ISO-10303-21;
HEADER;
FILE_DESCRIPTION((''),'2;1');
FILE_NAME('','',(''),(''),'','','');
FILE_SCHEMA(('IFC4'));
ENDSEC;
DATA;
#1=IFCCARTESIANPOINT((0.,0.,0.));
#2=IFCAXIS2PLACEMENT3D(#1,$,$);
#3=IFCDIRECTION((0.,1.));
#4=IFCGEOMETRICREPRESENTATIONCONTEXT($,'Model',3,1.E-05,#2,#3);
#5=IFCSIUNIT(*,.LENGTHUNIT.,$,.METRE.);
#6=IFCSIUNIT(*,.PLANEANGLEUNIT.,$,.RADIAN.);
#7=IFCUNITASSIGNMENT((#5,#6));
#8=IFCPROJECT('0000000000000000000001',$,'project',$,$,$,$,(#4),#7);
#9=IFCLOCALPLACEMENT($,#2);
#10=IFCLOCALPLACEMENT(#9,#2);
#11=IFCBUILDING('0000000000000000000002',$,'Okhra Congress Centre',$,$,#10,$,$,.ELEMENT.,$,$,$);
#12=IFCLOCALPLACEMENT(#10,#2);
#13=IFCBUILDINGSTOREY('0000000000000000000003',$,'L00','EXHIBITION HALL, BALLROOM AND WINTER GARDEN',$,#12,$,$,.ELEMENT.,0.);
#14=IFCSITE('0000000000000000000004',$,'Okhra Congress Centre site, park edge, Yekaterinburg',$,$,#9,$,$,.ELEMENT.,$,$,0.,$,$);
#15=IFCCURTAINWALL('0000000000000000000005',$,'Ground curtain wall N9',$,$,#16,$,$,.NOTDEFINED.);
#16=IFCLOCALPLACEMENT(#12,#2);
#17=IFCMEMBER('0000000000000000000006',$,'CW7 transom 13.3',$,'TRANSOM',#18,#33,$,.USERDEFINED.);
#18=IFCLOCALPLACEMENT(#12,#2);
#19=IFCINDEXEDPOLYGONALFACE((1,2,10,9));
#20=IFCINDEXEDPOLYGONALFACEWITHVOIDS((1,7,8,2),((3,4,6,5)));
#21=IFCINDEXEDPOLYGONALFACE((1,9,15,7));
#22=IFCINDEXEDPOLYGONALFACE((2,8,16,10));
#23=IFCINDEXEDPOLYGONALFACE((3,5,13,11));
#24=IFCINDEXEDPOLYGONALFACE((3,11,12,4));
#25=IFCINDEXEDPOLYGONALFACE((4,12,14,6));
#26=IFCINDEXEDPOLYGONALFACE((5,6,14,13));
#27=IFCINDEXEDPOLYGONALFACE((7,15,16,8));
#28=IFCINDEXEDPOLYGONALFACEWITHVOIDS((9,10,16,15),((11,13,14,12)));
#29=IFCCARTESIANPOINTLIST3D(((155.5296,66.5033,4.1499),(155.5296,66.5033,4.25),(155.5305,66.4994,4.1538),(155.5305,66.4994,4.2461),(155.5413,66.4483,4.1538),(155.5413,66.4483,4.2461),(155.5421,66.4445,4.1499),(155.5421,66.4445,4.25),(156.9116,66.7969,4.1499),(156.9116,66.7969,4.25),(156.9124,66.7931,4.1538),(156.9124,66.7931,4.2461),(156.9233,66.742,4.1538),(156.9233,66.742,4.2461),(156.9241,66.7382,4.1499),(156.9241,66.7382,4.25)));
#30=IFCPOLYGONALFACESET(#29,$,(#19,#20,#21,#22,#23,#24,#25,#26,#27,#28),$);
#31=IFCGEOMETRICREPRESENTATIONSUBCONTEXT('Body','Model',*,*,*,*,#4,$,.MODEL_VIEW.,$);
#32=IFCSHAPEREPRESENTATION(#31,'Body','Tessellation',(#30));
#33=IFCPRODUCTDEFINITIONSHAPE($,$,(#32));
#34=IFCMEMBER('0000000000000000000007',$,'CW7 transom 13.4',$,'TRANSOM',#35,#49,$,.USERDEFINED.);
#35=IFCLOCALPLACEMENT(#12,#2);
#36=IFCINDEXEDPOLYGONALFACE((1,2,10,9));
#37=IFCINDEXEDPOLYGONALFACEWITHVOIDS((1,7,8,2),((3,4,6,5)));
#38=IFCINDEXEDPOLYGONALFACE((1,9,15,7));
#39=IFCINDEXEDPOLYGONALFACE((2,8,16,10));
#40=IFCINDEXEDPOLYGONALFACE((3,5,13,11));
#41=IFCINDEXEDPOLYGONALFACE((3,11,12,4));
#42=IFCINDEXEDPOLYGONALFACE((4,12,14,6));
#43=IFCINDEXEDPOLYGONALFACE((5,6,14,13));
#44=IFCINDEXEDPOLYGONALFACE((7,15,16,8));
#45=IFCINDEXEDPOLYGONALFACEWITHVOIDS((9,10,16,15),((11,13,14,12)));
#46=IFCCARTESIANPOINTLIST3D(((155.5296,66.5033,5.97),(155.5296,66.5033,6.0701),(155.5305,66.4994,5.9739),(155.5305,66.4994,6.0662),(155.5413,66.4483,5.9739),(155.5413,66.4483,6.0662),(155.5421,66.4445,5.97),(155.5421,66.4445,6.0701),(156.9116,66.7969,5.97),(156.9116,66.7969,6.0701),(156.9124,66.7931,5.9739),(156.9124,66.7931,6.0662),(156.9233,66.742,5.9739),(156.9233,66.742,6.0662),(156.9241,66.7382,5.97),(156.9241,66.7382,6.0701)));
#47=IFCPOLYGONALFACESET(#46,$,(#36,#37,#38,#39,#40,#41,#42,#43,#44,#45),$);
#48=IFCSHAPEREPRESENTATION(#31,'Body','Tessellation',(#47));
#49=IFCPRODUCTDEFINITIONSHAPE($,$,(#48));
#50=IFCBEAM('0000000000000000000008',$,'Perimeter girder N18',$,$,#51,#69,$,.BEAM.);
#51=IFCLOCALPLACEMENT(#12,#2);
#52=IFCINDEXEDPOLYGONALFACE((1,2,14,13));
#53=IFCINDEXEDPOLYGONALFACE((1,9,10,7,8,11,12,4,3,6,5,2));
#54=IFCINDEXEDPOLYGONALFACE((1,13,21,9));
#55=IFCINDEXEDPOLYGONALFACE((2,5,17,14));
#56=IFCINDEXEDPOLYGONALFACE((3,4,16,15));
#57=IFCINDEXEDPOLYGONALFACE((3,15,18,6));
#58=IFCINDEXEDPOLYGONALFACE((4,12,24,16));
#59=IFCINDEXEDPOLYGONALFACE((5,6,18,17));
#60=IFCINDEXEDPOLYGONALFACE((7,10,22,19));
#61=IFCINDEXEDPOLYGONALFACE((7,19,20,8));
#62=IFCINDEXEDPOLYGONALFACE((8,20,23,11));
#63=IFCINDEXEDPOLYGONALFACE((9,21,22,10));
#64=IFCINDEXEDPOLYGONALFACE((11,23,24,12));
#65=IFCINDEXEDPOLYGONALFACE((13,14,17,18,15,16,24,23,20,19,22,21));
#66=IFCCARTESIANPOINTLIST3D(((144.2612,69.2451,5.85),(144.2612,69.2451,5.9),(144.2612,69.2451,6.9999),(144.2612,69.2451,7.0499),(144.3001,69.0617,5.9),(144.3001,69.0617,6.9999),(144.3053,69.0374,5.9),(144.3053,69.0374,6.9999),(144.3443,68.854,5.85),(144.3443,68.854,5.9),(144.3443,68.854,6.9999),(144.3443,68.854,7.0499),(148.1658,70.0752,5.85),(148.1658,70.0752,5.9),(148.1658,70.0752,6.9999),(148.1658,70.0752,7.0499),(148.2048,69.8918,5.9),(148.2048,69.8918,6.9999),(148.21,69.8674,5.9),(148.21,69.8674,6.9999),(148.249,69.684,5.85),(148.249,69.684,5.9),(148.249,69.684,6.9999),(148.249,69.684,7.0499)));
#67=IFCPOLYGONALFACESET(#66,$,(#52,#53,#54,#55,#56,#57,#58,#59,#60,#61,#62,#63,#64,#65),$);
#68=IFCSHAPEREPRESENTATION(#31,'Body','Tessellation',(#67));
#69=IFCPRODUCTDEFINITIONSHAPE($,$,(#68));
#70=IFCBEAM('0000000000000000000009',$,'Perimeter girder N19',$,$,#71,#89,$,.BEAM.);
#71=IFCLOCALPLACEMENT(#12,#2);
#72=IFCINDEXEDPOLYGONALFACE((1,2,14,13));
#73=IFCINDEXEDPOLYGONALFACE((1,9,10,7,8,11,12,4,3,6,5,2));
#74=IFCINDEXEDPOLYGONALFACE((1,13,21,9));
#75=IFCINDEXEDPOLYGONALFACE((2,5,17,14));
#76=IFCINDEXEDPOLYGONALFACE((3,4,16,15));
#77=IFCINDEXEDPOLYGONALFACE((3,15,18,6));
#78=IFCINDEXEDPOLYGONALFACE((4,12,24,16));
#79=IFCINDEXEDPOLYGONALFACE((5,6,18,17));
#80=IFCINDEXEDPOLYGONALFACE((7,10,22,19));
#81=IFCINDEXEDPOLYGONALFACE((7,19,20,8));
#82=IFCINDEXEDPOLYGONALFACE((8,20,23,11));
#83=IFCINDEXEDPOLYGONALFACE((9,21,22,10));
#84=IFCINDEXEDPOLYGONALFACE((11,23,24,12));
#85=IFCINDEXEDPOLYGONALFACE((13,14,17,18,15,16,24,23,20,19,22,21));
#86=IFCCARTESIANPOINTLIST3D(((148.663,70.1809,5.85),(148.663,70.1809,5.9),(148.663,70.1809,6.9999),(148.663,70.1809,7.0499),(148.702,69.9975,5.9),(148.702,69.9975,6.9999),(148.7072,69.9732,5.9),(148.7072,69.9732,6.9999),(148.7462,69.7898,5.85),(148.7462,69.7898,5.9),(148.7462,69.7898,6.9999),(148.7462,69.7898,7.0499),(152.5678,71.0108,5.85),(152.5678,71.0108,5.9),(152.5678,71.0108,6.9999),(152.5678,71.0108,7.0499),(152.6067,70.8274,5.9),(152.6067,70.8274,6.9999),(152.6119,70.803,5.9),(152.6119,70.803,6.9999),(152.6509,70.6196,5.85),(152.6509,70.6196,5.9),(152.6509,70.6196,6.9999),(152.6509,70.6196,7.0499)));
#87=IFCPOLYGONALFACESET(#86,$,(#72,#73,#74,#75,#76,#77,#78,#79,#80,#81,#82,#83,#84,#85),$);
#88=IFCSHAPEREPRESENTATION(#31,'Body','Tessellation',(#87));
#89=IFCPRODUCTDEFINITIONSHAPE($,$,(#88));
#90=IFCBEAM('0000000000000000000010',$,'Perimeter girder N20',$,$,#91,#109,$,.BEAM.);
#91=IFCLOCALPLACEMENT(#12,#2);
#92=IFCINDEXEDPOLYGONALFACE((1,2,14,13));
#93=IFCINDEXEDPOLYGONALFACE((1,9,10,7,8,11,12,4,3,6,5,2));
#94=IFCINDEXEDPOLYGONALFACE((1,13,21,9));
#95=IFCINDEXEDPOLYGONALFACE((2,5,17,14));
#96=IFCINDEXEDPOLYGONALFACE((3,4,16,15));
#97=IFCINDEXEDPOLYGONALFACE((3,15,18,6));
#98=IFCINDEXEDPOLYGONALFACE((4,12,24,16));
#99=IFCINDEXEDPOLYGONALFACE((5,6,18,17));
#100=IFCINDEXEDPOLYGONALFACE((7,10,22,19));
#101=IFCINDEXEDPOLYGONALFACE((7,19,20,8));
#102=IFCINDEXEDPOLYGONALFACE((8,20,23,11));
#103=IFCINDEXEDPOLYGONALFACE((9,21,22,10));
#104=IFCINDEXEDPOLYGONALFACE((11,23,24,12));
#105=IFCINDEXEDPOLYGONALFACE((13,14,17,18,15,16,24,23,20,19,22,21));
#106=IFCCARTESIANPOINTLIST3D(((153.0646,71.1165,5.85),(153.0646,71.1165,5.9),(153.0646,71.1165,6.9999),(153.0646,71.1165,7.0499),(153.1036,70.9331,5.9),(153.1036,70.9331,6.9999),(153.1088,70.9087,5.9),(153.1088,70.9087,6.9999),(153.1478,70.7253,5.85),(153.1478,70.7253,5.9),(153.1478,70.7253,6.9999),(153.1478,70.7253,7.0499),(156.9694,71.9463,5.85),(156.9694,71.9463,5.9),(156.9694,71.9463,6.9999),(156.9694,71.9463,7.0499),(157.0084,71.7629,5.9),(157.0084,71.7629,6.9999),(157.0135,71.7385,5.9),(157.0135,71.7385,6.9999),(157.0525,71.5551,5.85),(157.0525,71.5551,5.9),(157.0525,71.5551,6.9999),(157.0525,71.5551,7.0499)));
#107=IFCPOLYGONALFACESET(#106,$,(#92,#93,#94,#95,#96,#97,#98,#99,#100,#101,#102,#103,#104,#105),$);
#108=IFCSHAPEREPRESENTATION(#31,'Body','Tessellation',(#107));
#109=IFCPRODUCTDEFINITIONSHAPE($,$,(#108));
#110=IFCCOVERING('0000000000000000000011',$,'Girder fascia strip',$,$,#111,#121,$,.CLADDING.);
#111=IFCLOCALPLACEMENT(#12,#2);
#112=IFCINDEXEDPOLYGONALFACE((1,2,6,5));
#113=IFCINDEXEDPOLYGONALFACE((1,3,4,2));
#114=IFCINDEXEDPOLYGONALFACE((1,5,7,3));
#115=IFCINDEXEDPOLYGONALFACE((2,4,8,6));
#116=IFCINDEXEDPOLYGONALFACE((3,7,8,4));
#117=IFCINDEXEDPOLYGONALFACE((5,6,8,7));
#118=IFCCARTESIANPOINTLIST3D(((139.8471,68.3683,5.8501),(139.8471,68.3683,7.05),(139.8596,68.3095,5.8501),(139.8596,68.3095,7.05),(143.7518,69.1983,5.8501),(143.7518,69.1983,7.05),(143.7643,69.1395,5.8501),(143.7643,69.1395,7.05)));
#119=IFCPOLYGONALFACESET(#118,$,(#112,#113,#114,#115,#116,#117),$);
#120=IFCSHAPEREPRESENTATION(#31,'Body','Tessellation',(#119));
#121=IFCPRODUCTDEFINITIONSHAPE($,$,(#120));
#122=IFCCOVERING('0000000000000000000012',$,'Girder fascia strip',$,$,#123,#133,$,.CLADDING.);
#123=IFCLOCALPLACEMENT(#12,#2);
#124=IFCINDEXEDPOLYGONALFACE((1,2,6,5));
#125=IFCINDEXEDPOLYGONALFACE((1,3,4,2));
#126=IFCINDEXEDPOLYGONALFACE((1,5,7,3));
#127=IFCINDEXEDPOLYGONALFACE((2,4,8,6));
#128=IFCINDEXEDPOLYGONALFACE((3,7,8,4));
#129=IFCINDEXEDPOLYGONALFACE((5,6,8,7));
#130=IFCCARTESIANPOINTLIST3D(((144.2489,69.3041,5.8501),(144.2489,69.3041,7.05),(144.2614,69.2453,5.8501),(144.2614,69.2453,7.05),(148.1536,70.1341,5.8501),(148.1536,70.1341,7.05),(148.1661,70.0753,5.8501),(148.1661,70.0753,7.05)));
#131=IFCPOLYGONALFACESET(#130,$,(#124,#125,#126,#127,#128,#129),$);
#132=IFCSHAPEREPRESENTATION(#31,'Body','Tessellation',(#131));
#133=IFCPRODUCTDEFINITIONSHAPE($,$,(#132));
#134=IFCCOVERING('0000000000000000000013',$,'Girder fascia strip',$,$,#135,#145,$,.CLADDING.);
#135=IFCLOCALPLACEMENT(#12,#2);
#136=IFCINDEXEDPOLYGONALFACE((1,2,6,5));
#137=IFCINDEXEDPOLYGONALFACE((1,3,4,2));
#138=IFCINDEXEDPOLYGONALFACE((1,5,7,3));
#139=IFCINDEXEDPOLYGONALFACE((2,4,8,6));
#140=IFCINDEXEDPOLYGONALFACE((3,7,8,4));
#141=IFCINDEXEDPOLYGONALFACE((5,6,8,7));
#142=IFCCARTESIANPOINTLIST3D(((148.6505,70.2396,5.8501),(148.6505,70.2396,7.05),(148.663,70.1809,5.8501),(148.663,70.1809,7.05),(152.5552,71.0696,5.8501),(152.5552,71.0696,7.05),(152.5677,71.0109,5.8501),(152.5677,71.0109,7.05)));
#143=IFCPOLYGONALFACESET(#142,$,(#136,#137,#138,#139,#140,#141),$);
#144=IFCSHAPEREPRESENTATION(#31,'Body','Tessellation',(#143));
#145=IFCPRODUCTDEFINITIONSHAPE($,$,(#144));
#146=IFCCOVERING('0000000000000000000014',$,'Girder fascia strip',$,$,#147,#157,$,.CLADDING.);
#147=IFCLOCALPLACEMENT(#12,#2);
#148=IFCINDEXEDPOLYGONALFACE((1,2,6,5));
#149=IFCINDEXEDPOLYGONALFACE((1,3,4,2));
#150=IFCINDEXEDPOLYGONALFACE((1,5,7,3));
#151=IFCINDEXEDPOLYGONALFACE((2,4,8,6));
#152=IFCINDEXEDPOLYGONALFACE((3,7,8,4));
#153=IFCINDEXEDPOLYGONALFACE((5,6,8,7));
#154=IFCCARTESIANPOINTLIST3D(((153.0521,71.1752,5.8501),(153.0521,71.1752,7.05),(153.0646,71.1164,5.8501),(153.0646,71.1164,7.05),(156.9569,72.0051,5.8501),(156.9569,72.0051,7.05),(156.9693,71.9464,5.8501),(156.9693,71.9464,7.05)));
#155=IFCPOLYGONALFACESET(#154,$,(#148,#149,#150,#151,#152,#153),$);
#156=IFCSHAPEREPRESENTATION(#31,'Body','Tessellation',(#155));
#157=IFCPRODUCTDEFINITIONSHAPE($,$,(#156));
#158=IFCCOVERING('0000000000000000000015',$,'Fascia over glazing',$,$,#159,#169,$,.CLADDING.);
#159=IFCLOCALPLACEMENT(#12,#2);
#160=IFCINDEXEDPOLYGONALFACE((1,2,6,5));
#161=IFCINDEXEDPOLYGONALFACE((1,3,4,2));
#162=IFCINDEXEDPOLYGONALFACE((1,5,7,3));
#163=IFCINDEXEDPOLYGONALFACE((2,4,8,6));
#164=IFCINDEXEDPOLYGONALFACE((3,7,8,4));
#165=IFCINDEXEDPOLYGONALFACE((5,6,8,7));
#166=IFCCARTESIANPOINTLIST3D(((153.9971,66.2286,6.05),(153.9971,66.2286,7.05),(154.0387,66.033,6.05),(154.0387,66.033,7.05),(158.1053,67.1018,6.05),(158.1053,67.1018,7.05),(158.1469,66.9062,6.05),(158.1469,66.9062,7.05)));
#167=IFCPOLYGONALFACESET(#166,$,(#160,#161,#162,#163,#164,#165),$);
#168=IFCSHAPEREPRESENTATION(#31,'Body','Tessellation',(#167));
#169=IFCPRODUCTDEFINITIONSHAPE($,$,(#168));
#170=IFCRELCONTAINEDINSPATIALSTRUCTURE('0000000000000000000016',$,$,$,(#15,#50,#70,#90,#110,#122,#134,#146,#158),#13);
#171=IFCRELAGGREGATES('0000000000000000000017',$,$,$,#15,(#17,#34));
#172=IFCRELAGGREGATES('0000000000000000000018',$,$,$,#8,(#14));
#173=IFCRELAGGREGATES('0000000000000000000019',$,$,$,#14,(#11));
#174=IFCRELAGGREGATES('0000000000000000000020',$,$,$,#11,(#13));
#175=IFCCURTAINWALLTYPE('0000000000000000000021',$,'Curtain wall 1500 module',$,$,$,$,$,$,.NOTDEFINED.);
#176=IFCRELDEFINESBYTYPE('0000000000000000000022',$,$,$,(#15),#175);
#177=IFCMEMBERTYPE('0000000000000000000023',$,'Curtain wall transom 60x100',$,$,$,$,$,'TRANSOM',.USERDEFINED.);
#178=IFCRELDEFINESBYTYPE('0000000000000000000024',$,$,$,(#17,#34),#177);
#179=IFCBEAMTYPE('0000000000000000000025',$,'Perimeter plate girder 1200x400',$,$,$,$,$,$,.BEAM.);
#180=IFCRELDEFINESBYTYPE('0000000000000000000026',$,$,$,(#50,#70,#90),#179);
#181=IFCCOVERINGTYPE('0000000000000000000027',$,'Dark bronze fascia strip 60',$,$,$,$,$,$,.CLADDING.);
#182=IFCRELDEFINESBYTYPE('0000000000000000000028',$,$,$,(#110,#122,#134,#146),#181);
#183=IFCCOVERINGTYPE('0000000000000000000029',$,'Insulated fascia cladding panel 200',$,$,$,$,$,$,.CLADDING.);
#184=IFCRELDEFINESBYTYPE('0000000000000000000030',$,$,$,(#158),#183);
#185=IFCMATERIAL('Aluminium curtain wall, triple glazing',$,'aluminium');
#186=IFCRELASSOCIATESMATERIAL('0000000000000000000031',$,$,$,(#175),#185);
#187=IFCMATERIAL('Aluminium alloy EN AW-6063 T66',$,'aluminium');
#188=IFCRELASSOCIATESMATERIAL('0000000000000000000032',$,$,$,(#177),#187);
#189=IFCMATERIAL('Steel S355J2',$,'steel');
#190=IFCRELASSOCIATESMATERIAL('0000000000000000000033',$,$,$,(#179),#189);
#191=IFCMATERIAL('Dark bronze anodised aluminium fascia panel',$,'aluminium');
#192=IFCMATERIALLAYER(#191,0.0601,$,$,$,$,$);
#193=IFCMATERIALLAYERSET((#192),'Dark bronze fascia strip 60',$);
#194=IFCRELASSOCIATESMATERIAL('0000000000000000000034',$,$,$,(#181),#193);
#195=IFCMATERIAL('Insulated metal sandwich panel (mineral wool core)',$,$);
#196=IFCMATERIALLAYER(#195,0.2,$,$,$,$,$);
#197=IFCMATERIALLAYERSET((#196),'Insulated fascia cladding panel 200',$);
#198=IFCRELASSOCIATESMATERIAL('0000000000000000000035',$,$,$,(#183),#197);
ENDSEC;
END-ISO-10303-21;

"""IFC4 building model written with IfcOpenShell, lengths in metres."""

from ifc_helpers import new_model, si_unit, direction, frame, origin, origin_2d, place, context, subcontext, project, spatial, rectangle, hollow_rectangle, i_section, extrude, material, layer, layer_set, material_profile, profile_set, type_object, element, aggregate, save


model = new_model("IFC4")

# Units and contexts
model_context = context("Model", 3, precision=1e-05, world=origin(), true_north=direction((0.0, 1.0)))
body_context = subcontext(model_context, "Body", "Model", "MODEL_VIEW")
ifc_project = project(units=[si_unit("LENGTHUNIT", "METRE"), si_unit("PLANEANGLEUNIT", "RADIAN")], contexts=[model_context])

# Site, building, storey
site_placement = place(None, origin())
site = spatial("IfcSite", under=ifc_project, at=site_placement, Name="Okhra Congress Centre site, park edge, Yekaterinburg", CompositionType="ELEMENT", RefElevation=0.0)
building_placement = place(site_placement, origin())
building = spatial("IfcBuilding", under=site, at=building_placement, Name="Okhra Congress Centre", CompositionType="ELEMENT")
storey_placement = place(building_placement, origin())
storey = spatial("IfcBuildingStorey", under=building, at=storey_placement, Name="L00", Description="EXHIBITION HALL, BALLROOM AND WINTER GARDEN", CompositionType="ELEMENT", Elevation=0.0)

# Curtain wall, members
ifc_material_1 = material(Name="Aluminium curtain wall, triple glazing", Category="aluminium")
curtain_wall_type = type_object("IfcCurtainWallType", Name="Curtain wall 1500 module", PredefinedType="NOTDEFINED", material=ifc_material_1)
curtain_wall_placement = place(storey_placement, origin())
curtain_wall = element("IfcCurtainWall", 1, at=curtain_wall_placement, inside=storey, type_object=curtain_wall_type, Name="Ground curtain wall N9", PredefinedType="NOTDEFINED")
ifc_material_2 = material(Name="Aluminium alloy EN AW-6063 T66", Category="aluminium")
ifc_material_profile_1 = material_profile(ifc_material_2, hollow_rectangle(XDim=0.0601, YDim=0.1001, WallThickness=0.0039, at=origin_2d()), Name="RHS 60x100x4")
ifc_profile_set_1 = profile_set([ifc_material_profile_1], Name="Aluminium alloy EN AW-6063 T66")
member_type = type_object("IfcMemberType", Name="Curtain wall transom 60x100", ElementType="TRANSOM", PredefinedType="USERDEFINED", material=ifc_profile_set_1)
member_1_placement = place(storey_placement, frame((155.5359, 66.4739, 4.2), z_axis=(0.978158, 0.207865, 0.0), x_axis=(-0.207865, 0.978158, 0.0)))
member_1 = element("IfcMember", 2, at=member_1_placement, type_object=member_type, Name="CW7 transom 13.3", ObjectType="TRANSOM", PredefinedType="USERDEFINED", context=body_context, shape_type="SweptSolid", body=[
    extrude(hollow_rectangle(XDim=0.0601, YDim=0.1001, WallThickness=0.0039, at=origin_2d()), origin(), (0.0, 0.0, 1.0), 1.4128),
])
member_2_placement = place(storey_placement, frame((155.5359, 66.4739, 6.02), z_axis=(0.978158, 0.207865, 0.0), x_axis=(-0.207865, 0.978158, 0.0)))
member_2 = element("IfcMember", 3, at=member_2_placement, type_object=member_type, Name="CW7 transom 13.4", ObjectType="TRANSOM", PredefinedType="USERDEFINED", context=body_context, shape_type="SweptSolid", body=[
    extrude(hollow_rectangle(XDim=0.0601, YDim=0.1001, WallThickness=0.0039, at=origin_2d()), origin(), (0.0, 0.0, 1.0), 1.4128),
])
aggregate(curtain_wall, [member_1, member_2])

# Beams
ifc_material_3 = material(Name="Steel S355J2", Category="steel")
ifc_material_profile_2 = material_profile(ifc_material_3, i_section(OverallWidth=0.3999, OverallDepth=1.2, WebThickness=0.0249, FlangeThickness=0.05, at=origin_2d()), Name="Plate girder 1200x400")
ifc_profile_set_2 = profile_set([ifc_material_profile_2], Name="Steel S355J2")
beam_type = type_object("IfcBeamType", Name="Perimeter plate girder 1200x400", PredefinedType="BEAM", material=ifc_profile_set_2)
for number, where, z_axis, x_axis, name in (
    (4, (144.3027, 69.0496, 6.45), (0.978143, 0.207933, 0.0), (-0.207933, 0.978143, 0.0), "Perimeter girder N18"),
    (5, (148.7046, 69.9854, 6.45), (0.978155, 0.207875, 0.0), (-0.207875, 0.978155, 0.0), "Perimeter girder N19"),
    (6, (153.1062, 70.9209, 6.45), (0.978155, 0.207875, 0.0), (-0.207875, 0.978155, 0.0), "Perimeter girder N20"),
):
    element("IfcBeam", number, at=place(storey_placement, frame(where, z_axis=z_axis, x_axis=x_axis)), inside=storey, type_object=beam_type, Name=name, PredefinedType="BEAM", context=body_context, shape_type="SweptSolid", body=[
        extrude(i_section(OverallWidth=0.3999, OverallDepth=1.2, WebThickness=0.0249, FlangeThickness=0.05, at=origin_2d()), origin(), (0.0, 0.0, 1.0), 3.9919),
    ])

# Coverings
ifc_material_4 = material(Name="Dark bronze anodised aluminium fascia panel", Category="aluminium")
ifc_layer_1 = layer(ifc_material_4, 0.0601)
ifc_layer_set_1 = layer_set([ifc_layer_1], Name="Dark bronze fascia strip 60")
covering_type_1 = type_object("IfcCoveringType", Name="Dark bronze fascia strip 60", PredefinedType="CLADDING", material=ifc_layer_set_1)
for number, where, z_axis, x_axis, name in (
    (7, (141.8057, 68.7539, 5.8501), (0.0, 0.0, 1.0), (0.978148, 0.207912, 0.0), "Girder fascia strip"),
    (8, (146.2075, 69.6897, 5.8501), (0.0, 0.0, 1.0), (0.978148, 0.207912, 0.0), "Girder fascia strip"),
    (9, (150.6091, 70.6252, 5.8501), (0.0, 0.0, 1.0), (0.978148, 0.207912, 0.0), "Girder fascia strip"),
    (10, (155.0107, 71.5608, 5.8501), (0.0, 0.0, 1.0), (0.978148, 0.207912, 0.0), "Girder fascia strip"),
):
    element("IfcCovering", number, at=place(storey_placement, frame(where, z_axis=z_axis, x_axis=x_axis)), inside=storey, type_object=covering_type_1, Name=name, PredefinedType="CLADDING", context=body_context, shape_type="SweptSolid", body=[
        extrude(rectangle(XDim=3.9919, YDim=0.0601, at=origin_2d()), origin(), (0.0, 0.0, 1.0), 1.2),
    ])
ifc_material_5 = material(Name="Insulated metal sandwich panel (mineral wool core)")
ifc_layer_2 = layer(ifc_material_5, 0.2)
ifc_layer_set_2 = layer_set([ifc_layer_2], Name="Insulated fascia cladding panel 200")
covering_type_2 = type_object("IfcCoveringType", Name="Insulated fascia cladding panel 200", PredefinedType="CLADDING", material=ifc_layer_set_2)
covering_placement = place(storey_placement, frame((156.072, 66.5674, 6.05), z_axis=(0.0, 0.0, 1.0), x_axis=(0.978148, 0.207912, 0.0)))
element("IfcCovering", 11, at=covering_placement, inside=storey, type_object=covering_type_2, Name="Fascia over glazing", PredefinedType="CLADDING", context=body_context, shape_type="SweptSolid", body=[
    extrude(rectangle(XDim=4.2, YDim=0.2, at=origin_2d()), origin(), (0.0, 0.0, 1.0), 1.0),
])

save(model, "model.ifc")
